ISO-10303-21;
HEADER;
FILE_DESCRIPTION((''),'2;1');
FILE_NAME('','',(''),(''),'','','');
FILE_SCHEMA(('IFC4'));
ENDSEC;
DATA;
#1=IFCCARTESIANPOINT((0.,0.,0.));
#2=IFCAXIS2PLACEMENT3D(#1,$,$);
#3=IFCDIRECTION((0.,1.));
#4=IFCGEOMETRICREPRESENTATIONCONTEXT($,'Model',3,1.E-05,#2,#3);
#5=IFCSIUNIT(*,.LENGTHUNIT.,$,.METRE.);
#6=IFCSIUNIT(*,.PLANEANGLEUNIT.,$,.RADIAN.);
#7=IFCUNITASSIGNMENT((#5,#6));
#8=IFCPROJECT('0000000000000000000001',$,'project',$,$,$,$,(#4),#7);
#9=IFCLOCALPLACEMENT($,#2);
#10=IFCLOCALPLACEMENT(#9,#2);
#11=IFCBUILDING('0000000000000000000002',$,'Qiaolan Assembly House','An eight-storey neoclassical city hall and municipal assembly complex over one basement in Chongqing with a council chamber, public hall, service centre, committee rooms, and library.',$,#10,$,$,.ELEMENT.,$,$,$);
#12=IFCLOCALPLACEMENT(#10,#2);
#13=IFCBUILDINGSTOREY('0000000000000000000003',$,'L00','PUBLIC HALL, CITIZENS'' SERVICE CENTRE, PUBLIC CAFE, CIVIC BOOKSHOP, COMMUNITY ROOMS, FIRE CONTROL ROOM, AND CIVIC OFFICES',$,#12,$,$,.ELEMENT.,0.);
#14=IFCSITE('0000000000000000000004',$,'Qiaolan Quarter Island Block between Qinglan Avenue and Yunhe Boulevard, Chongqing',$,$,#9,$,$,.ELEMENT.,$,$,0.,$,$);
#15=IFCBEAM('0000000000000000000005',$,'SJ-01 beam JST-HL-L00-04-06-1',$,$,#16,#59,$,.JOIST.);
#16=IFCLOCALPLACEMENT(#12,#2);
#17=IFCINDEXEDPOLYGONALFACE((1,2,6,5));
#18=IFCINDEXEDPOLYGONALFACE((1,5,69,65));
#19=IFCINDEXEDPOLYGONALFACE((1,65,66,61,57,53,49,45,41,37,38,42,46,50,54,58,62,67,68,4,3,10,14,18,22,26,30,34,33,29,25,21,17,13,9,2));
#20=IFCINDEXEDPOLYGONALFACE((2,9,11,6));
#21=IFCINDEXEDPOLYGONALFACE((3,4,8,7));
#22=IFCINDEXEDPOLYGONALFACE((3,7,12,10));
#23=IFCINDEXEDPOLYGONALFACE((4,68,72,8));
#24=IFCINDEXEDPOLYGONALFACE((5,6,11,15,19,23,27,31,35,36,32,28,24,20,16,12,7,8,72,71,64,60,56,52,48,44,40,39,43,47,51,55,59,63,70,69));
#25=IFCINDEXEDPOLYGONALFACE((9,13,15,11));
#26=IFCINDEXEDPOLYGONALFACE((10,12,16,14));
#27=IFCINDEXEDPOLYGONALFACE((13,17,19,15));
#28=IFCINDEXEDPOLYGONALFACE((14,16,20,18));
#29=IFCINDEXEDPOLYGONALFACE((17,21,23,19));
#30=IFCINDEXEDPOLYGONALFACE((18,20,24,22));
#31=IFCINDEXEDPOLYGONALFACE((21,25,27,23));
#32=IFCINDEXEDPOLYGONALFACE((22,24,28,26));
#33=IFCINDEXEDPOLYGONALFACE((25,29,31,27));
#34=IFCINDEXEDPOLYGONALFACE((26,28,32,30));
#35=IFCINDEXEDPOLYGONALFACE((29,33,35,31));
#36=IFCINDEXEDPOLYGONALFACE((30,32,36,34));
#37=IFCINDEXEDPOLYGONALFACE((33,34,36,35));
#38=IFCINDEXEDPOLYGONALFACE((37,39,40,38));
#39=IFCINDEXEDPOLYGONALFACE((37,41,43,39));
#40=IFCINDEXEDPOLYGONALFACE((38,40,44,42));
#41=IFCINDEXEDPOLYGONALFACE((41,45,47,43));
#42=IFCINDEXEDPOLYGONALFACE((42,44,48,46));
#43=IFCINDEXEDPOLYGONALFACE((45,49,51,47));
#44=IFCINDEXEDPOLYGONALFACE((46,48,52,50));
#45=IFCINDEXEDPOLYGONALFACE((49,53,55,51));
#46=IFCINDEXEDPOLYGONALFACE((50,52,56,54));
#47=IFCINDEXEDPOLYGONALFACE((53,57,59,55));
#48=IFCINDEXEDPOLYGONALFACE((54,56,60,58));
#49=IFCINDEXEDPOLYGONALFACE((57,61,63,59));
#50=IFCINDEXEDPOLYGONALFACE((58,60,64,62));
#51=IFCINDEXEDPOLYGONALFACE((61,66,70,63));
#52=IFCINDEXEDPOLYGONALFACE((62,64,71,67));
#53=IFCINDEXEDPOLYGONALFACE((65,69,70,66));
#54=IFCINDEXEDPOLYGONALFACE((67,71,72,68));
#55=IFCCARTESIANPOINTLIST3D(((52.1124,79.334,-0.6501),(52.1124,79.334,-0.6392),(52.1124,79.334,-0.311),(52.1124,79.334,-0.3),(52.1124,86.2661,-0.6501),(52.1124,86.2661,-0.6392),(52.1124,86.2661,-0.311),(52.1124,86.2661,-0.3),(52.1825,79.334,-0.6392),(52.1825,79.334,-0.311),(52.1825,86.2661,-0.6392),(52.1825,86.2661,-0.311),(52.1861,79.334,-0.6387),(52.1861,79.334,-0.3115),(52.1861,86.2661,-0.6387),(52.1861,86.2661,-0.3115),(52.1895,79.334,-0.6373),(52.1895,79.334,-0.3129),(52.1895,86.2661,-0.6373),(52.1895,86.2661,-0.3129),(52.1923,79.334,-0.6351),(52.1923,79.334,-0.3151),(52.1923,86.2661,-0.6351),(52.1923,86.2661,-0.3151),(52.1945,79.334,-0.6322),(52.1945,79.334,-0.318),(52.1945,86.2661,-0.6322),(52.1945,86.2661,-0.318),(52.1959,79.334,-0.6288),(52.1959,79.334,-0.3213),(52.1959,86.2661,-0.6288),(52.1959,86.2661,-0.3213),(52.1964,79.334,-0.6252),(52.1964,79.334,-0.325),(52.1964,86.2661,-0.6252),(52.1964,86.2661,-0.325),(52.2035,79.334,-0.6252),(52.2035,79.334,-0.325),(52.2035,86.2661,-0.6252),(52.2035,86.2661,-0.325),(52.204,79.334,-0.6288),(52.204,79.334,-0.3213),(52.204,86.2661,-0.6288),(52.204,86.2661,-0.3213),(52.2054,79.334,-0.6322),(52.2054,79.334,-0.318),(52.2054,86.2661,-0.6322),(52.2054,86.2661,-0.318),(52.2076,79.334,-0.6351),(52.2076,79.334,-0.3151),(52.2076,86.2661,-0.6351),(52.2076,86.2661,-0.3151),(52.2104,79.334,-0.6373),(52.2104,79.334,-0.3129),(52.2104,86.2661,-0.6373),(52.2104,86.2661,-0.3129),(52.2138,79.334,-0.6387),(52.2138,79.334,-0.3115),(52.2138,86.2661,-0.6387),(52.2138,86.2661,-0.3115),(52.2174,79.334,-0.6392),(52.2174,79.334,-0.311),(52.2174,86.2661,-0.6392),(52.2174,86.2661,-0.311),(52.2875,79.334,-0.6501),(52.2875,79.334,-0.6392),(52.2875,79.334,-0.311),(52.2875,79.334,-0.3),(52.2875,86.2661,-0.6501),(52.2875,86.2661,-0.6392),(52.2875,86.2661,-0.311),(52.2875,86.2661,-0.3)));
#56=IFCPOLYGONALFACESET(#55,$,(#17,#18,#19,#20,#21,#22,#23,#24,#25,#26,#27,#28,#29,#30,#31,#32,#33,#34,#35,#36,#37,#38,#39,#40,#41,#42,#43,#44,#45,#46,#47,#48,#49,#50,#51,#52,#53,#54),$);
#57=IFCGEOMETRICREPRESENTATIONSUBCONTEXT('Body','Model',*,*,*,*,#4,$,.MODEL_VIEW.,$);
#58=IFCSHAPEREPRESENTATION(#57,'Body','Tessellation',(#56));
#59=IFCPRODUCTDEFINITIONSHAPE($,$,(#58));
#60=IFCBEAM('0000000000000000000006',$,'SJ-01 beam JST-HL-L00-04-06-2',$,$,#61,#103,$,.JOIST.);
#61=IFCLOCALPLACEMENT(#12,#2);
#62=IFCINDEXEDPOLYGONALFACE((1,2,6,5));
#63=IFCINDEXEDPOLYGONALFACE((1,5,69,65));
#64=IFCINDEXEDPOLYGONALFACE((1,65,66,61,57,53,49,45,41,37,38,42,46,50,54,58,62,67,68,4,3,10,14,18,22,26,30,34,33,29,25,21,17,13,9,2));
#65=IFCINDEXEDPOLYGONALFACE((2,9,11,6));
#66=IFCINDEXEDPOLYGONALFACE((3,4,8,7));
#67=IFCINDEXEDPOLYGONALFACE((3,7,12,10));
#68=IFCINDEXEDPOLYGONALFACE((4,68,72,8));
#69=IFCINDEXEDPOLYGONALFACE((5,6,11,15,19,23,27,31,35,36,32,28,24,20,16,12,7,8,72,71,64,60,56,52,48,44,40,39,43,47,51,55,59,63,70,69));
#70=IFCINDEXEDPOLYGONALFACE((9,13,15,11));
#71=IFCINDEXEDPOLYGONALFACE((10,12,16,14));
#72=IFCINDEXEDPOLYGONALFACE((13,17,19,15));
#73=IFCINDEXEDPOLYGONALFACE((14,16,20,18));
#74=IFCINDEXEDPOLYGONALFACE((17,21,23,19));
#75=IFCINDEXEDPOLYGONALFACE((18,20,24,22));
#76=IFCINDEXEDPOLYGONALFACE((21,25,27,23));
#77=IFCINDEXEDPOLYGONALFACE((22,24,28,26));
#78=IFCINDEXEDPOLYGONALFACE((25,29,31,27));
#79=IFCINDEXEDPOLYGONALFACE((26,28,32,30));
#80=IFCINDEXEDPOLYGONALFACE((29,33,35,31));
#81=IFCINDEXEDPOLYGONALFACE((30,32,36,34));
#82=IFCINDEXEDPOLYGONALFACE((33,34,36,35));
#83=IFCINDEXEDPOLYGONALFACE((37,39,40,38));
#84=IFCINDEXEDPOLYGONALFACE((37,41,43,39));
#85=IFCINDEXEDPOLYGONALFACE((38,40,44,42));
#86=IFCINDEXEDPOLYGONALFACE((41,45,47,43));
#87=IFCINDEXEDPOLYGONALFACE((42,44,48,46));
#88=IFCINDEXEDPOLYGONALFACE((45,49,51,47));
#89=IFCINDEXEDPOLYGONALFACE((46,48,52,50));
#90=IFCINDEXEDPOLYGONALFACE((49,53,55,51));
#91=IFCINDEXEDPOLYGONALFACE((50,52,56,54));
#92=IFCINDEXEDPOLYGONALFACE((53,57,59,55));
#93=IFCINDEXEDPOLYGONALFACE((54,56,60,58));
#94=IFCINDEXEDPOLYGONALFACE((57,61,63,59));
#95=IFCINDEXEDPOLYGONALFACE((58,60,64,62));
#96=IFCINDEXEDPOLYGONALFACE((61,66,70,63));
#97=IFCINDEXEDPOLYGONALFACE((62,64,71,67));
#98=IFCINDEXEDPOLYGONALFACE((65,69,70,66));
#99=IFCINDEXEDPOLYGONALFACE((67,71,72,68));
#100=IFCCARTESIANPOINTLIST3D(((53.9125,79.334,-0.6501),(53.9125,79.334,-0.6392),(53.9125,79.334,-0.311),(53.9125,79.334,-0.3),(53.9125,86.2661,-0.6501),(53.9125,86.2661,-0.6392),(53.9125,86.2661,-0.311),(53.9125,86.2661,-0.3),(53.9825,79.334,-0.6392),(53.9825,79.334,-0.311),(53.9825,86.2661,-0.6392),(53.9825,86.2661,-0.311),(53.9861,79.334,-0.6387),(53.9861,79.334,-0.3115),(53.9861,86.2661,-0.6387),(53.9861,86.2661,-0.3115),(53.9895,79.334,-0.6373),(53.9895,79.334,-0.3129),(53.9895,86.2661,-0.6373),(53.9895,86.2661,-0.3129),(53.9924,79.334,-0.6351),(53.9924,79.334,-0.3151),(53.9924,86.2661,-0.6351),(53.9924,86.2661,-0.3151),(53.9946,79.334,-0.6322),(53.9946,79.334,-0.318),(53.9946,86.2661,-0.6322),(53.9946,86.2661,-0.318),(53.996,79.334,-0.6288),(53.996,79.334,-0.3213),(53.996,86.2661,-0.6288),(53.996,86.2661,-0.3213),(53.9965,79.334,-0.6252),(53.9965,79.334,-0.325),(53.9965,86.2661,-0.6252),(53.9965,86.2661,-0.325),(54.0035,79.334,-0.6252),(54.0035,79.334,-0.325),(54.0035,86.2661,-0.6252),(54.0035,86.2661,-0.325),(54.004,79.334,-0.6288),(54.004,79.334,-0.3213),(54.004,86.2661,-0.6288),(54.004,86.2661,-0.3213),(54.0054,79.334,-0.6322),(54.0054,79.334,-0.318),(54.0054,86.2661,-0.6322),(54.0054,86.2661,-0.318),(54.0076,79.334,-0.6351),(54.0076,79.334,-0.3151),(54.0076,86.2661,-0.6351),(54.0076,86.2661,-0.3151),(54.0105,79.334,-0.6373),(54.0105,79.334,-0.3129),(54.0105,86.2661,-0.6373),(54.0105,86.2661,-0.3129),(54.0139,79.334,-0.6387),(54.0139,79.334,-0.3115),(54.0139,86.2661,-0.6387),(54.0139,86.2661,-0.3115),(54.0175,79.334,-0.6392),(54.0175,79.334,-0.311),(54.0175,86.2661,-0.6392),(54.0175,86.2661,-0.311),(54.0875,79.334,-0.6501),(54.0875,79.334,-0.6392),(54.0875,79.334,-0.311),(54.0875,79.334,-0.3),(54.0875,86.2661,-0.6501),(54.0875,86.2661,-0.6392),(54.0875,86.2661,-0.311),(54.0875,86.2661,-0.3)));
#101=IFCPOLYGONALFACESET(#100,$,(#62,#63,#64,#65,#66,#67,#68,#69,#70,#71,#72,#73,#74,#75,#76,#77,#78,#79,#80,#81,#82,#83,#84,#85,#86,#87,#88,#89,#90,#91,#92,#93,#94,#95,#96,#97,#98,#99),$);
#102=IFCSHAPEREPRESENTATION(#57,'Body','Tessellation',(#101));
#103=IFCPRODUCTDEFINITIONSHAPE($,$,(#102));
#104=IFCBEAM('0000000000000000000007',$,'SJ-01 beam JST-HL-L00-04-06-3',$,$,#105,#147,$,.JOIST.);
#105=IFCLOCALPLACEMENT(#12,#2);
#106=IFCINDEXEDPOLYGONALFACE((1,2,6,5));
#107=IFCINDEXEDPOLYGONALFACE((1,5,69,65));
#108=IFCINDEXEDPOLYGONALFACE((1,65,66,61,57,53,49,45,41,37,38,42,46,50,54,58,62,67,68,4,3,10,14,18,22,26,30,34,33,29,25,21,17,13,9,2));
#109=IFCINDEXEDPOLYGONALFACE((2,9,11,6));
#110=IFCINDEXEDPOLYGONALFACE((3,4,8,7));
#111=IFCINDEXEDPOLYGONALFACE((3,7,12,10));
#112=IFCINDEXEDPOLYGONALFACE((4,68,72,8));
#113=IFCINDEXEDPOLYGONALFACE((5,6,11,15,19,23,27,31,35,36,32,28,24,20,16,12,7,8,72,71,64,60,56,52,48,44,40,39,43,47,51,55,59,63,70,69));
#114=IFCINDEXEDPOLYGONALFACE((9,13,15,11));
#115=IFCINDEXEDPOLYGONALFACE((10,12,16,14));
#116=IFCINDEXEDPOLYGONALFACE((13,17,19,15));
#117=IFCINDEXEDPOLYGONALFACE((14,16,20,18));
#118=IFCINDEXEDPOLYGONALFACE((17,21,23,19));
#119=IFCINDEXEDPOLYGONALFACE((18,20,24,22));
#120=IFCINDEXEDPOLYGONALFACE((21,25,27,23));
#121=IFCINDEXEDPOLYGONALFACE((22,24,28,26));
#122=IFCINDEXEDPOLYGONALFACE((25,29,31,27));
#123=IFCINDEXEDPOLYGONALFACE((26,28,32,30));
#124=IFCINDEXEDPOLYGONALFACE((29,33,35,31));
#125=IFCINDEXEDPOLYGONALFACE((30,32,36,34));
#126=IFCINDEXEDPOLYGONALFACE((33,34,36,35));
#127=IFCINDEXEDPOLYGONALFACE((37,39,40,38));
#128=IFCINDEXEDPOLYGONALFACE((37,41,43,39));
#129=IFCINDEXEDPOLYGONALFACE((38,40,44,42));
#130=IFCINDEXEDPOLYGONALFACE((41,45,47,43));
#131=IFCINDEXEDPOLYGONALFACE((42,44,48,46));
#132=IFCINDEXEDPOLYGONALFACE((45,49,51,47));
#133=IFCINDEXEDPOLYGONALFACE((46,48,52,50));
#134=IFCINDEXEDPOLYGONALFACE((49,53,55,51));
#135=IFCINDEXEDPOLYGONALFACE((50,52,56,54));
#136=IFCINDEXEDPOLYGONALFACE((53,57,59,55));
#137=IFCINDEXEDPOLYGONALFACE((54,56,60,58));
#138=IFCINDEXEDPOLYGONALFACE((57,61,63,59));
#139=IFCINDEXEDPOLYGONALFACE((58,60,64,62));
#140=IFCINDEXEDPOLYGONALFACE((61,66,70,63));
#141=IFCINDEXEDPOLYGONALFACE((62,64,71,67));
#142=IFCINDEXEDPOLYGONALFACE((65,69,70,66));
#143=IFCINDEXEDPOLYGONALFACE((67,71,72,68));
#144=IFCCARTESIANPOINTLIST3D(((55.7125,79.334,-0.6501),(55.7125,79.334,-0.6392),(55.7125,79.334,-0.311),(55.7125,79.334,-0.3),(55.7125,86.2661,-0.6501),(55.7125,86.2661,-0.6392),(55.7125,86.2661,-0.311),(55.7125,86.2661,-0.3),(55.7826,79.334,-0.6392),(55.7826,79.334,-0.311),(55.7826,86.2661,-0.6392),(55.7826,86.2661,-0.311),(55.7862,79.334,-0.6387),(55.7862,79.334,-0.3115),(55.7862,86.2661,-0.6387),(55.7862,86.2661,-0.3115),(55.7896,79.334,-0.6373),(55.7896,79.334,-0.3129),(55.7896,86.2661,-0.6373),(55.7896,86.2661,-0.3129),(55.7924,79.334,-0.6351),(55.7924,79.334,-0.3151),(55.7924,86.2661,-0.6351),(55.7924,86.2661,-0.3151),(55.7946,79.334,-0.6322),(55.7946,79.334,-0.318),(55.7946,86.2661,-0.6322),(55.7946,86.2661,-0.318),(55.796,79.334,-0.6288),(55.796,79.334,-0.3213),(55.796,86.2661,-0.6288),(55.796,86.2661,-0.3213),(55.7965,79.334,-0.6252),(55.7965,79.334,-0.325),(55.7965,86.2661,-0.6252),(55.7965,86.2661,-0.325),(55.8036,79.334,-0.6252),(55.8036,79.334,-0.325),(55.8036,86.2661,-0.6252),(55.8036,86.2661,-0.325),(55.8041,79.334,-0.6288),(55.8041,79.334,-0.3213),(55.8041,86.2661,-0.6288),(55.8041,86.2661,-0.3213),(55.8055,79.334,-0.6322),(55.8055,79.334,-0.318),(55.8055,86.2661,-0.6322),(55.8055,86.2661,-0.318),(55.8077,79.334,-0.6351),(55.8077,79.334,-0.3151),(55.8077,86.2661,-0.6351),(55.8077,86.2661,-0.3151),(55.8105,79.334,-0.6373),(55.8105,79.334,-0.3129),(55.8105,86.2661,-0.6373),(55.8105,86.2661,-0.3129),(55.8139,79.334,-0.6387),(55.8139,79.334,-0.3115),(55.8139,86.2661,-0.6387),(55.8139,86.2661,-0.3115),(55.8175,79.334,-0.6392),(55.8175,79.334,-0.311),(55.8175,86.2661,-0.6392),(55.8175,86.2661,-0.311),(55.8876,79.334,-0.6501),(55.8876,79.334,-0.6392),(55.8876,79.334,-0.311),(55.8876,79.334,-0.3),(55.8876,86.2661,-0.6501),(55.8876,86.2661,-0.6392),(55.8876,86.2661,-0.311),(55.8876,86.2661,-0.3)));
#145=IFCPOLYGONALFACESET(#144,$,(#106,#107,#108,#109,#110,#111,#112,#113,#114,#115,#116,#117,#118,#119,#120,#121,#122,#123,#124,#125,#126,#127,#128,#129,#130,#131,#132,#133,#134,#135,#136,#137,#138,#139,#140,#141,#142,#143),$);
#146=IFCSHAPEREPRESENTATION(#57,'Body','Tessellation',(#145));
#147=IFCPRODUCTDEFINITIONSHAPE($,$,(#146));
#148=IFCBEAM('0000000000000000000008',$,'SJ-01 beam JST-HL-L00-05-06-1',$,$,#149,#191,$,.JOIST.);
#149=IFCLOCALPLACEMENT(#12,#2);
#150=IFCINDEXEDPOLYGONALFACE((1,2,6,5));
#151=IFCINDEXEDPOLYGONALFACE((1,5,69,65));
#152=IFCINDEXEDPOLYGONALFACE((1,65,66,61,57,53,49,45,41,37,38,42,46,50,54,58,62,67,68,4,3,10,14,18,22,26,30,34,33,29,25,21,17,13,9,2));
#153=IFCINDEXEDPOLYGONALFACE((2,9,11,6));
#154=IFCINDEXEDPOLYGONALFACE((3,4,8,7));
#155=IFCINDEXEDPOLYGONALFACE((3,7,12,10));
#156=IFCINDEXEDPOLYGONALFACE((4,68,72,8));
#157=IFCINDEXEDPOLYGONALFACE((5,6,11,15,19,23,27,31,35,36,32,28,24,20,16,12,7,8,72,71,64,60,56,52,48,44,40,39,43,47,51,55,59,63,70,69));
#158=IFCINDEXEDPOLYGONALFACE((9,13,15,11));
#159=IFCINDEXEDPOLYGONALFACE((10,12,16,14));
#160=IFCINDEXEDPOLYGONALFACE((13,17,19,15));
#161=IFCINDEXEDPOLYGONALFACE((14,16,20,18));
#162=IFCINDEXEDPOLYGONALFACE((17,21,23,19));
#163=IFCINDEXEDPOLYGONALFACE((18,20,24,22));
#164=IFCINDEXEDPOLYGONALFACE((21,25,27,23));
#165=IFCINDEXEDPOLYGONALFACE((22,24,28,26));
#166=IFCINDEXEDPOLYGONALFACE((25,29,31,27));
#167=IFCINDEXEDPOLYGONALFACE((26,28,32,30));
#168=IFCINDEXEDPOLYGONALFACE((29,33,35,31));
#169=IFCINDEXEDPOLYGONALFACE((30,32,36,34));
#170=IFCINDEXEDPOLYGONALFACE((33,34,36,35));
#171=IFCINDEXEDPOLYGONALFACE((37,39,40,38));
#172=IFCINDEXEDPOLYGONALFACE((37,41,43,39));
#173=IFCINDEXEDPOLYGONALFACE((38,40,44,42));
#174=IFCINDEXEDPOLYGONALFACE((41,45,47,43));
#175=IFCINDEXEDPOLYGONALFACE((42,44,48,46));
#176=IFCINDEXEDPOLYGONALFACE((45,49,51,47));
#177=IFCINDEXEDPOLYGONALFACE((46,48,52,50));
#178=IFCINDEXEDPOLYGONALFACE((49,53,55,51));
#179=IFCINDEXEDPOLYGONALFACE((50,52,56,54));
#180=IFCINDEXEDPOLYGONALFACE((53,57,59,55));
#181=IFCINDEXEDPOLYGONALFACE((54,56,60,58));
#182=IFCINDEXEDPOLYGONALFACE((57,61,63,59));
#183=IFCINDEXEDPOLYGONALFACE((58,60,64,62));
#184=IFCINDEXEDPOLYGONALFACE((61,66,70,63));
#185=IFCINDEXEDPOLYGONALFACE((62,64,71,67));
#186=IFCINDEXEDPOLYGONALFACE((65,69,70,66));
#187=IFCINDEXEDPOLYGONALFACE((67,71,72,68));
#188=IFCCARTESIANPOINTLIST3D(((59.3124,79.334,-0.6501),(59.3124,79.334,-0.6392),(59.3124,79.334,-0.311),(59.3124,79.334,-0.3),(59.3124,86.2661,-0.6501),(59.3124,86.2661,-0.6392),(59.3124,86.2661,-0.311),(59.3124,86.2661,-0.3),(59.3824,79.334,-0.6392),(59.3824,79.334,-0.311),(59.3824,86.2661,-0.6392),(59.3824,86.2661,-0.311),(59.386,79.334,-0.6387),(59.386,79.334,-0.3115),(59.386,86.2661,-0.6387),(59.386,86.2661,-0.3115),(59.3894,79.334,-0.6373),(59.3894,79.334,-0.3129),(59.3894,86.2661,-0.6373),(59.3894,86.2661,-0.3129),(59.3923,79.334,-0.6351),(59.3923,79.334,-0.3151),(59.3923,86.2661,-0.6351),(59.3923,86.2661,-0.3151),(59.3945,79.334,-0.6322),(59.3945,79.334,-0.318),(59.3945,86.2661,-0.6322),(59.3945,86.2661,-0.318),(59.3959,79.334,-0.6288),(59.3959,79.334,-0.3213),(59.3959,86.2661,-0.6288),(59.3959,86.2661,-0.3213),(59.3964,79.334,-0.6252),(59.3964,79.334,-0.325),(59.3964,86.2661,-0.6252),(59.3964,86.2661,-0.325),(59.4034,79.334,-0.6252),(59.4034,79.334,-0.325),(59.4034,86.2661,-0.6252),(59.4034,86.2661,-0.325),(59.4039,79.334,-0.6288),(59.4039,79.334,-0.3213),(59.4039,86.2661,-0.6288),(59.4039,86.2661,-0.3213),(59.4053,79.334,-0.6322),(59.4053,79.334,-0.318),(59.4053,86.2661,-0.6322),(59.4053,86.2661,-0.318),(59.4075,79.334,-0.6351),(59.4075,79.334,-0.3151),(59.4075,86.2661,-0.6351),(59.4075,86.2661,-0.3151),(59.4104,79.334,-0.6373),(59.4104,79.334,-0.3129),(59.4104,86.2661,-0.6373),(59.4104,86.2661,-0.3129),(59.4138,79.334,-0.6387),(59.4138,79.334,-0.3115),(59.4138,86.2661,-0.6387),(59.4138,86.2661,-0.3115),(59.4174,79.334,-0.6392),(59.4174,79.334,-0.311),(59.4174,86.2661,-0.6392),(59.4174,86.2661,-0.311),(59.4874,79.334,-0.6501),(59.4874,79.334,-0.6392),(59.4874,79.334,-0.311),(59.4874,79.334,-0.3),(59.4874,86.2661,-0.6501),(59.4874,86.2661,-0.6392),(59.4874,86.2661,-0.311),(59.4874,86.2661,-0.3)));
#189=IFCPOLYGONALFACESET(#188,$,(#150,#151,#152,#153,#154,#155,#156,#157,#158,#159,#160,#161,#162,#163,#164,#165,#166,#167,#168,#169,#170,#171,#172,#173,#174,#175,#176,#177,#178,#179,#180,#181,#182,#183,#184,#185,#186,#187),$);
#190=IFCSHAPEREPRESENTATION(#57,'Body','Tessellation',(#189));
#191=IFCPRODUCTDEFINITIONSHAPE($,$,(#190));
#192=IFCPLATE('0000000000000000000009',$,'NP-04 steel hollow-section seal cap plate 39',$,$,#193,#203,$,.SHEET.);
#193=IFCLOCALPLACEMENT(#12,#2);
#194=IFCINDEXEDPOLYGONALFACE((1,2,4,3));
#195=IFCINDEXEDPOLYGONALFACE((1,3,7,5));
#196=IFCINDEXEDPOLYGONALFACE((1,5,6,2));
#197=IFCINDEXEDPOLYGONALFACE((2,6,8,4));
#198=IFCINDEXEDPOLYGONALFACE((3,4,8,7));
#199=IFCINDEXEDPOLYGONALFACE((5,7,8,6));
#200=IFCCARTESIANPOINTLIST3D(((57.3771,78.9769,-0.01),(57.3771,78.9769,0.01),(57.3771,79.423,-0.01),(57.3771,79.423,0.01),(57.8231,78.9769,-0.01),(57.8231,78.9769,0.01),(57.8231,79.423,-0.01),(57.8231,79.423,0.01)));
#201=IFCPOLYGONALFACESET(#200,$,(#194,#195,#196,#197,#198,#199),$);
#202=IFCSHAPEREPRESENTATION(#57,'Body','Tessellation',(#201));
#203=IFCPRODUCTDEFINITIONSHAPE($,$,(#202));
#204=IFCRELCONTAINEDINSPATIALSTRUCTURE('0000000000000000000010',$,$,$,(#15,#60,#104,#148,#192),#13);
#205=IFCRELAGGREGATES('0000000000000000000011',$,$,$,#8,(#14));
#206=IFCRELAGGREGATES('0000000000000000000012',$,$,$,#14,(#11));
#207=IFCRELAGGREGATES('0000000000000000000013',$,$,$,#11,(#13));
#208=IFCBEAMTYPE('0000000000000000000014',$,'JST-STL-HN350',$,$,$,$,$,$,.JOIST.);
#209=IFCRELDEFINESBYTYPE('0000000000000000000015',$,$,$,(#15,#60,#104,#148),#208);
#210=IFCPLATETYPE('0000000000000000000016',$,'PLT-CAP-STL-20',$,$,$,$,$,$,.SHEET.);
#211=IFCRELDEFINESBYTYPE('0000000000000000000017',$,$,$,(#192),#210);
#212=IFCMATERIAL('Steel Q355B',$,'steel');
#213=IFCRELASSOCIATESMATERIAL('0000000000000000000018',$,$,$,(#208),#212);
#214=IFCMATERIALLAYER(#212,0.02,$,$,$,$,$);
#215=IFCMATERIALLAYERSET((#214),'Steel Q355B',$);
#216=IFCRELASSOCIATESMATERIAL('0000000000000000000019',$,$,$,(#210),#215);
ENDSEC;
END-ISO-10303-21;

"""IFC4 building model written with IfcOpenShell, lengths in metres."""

from ifc_helpers import new_model, si_unit, direction, frame, origin, origin_2d, place, context, subcontext, project, spatial, rectangle, i_section, extrude, material, layer, layer_set, material_profile, profile_set, type_object, element, save


model = new_model("IFC4")

# Units and contexts
model_context = context("Model", 3, precision=1e-05, world=origin(), true_north=direction((0.0, 1.0)))
body_context = subcontext(model_context, "Body", "Model", "MODEL_VIEW")
ifc_project = project(units=[si_unit("LENGTHUNIT", "METRE"), si_unit("PLANEANGLEUNIT", "RADIAN")], contexts=[model_context])

# Site, building, storey
site_placement = place(None, origin())
site = spatial("IfcSite", under=ifc_project, at=site_placement, Name="Qiaolan Quarter Island Block between Qinglan Avenue and Yunhe Boulevard, Chongqing", CompositionType="ELEMENT", RefElevation=0.0)
building_placement = place(site_placement, origin())
building = spatial("IfcBuilding", under=site, at=building_placement, Name="Qiaolan Assembly House", Description="An eight-storey neoclassical city hall and municipal assembly complex over one basement in Chongqing with a council chamber, public hall, service centre, committee rooms, and library.", CompositionType="ELEMENT")
storey_placement = place(building_placement, origin())
storey = spatial("IfcBuildingStorey", under=building, at=storey_placement, Name="L00", Description="PUBLIC HALL, CITIZENS' SERVICE CENTRE, PUBLIC CAFE, CIVIC BOOKSHOP, COMMUNITY ROOMS, FIRE CONTROL ROOM, AND CIVIC OFFICES", CompositionType="ELEMENT", Elevation=0.0)

# Shared definitions
ifc_material_1 = material(Name="Steel Q355B", Category="steel")

# Beams
ifc_material_profile_1 = material_profile(ifc_material_1, i_section(OverallWidth=0.175, OverallDepth=0.3501, WebThickness=0.0071, FlangeThickness=0.011, FilletRadius=0.0139, at=origin_2d()), Name="HN 350x175x7x11")
ifc_profile_set_1 = profile_set([ifc_material_profile_1], Name="Steel Q355B")
beam_type_1 = type_object("IfcBeamType", Name="JST-STL-HN350", PredefinedType="JOIST", material=ifc_profile_set_1)
for number, where, z_axis, x_axis, name in (
    (1, (52.2, 79.334, -0.4751), (0.0, 1.0, 0.0), (-1.0, 0.0, 0.0), "SJ-01 beam JST-HL-L00-04-06-1"),
    (2, (54.0, 79.334, -0.4751), (0.0, 1.0, 0.0), (-1.0, 0.0, 0.0), "SJ-01 beam JST-HL-L00-04-06-2"),
    (3, (55.8, 79.334, -0.4751), (0.0, 1.0, 0.0), (-1.0, 0.0, 0.0), "SJ-01 beam JST-HL-L00-04-06-3"),
    (4, (59.3999, 79.334, -0.4751), (0.0, 1.0, 0.0), (-1.0, 0.0, 0.0), "SJ-01 beam JST-HL-L00-05-06-1"),
):
    element("IfcBeam", number, at=place(storey_placement, frame(where, z_axis=z_axis, x_axis=x_axis)), inside=storey, type_object=beam_type_1, Name=name, PredefinedType="JOIST", context=body_context, shape_type="SweptSolid", body=[
        extrude(i_section(OverallWidth=0.175, OverallDepth=0.3501, WebThickness=0.0071, FlangeThickness=0.011, FilletRadius=0.0139, at=origin_2d()), origin(), (0.0, 0.0, 1.0), 6.9321),
    ])

# Plate
ifc_layer = layer(ifc_material_1, 0.02)
ifc_layer_set = layer_set([ifc_layer], Name="Steel Q355B")
plate_type = type_object("IfcPlateType", Name="PLT-CAP-STL-20", PredefinedType="SHEET", material=ifc_layer_set)
for number, where, z_axis, x_axis, name in (
    (5, (57.6001, 79.2, -0.01), (0.0, 0.0, 1.0), (1.0, 0.0, 0.0), "NP-04 steel hollow-section seal cap plate 39"),
):
    element("IfcPlate", number, at=place(storey_placement, frame(where, z_axis=z_axis, x_axis=x_axis)), inside=storey, type_object=plate_type, Name=name, PredefinedType="SHEET", context=body_context, shape_type="SweptSolid", body=[
        extrude(rectangle(XDim=0.446, YDim=0.446, at=origin_2d()), origin(), (0.0, 0.0, 1.0), 0.02),
    ])

save(model, "model.ifc")
